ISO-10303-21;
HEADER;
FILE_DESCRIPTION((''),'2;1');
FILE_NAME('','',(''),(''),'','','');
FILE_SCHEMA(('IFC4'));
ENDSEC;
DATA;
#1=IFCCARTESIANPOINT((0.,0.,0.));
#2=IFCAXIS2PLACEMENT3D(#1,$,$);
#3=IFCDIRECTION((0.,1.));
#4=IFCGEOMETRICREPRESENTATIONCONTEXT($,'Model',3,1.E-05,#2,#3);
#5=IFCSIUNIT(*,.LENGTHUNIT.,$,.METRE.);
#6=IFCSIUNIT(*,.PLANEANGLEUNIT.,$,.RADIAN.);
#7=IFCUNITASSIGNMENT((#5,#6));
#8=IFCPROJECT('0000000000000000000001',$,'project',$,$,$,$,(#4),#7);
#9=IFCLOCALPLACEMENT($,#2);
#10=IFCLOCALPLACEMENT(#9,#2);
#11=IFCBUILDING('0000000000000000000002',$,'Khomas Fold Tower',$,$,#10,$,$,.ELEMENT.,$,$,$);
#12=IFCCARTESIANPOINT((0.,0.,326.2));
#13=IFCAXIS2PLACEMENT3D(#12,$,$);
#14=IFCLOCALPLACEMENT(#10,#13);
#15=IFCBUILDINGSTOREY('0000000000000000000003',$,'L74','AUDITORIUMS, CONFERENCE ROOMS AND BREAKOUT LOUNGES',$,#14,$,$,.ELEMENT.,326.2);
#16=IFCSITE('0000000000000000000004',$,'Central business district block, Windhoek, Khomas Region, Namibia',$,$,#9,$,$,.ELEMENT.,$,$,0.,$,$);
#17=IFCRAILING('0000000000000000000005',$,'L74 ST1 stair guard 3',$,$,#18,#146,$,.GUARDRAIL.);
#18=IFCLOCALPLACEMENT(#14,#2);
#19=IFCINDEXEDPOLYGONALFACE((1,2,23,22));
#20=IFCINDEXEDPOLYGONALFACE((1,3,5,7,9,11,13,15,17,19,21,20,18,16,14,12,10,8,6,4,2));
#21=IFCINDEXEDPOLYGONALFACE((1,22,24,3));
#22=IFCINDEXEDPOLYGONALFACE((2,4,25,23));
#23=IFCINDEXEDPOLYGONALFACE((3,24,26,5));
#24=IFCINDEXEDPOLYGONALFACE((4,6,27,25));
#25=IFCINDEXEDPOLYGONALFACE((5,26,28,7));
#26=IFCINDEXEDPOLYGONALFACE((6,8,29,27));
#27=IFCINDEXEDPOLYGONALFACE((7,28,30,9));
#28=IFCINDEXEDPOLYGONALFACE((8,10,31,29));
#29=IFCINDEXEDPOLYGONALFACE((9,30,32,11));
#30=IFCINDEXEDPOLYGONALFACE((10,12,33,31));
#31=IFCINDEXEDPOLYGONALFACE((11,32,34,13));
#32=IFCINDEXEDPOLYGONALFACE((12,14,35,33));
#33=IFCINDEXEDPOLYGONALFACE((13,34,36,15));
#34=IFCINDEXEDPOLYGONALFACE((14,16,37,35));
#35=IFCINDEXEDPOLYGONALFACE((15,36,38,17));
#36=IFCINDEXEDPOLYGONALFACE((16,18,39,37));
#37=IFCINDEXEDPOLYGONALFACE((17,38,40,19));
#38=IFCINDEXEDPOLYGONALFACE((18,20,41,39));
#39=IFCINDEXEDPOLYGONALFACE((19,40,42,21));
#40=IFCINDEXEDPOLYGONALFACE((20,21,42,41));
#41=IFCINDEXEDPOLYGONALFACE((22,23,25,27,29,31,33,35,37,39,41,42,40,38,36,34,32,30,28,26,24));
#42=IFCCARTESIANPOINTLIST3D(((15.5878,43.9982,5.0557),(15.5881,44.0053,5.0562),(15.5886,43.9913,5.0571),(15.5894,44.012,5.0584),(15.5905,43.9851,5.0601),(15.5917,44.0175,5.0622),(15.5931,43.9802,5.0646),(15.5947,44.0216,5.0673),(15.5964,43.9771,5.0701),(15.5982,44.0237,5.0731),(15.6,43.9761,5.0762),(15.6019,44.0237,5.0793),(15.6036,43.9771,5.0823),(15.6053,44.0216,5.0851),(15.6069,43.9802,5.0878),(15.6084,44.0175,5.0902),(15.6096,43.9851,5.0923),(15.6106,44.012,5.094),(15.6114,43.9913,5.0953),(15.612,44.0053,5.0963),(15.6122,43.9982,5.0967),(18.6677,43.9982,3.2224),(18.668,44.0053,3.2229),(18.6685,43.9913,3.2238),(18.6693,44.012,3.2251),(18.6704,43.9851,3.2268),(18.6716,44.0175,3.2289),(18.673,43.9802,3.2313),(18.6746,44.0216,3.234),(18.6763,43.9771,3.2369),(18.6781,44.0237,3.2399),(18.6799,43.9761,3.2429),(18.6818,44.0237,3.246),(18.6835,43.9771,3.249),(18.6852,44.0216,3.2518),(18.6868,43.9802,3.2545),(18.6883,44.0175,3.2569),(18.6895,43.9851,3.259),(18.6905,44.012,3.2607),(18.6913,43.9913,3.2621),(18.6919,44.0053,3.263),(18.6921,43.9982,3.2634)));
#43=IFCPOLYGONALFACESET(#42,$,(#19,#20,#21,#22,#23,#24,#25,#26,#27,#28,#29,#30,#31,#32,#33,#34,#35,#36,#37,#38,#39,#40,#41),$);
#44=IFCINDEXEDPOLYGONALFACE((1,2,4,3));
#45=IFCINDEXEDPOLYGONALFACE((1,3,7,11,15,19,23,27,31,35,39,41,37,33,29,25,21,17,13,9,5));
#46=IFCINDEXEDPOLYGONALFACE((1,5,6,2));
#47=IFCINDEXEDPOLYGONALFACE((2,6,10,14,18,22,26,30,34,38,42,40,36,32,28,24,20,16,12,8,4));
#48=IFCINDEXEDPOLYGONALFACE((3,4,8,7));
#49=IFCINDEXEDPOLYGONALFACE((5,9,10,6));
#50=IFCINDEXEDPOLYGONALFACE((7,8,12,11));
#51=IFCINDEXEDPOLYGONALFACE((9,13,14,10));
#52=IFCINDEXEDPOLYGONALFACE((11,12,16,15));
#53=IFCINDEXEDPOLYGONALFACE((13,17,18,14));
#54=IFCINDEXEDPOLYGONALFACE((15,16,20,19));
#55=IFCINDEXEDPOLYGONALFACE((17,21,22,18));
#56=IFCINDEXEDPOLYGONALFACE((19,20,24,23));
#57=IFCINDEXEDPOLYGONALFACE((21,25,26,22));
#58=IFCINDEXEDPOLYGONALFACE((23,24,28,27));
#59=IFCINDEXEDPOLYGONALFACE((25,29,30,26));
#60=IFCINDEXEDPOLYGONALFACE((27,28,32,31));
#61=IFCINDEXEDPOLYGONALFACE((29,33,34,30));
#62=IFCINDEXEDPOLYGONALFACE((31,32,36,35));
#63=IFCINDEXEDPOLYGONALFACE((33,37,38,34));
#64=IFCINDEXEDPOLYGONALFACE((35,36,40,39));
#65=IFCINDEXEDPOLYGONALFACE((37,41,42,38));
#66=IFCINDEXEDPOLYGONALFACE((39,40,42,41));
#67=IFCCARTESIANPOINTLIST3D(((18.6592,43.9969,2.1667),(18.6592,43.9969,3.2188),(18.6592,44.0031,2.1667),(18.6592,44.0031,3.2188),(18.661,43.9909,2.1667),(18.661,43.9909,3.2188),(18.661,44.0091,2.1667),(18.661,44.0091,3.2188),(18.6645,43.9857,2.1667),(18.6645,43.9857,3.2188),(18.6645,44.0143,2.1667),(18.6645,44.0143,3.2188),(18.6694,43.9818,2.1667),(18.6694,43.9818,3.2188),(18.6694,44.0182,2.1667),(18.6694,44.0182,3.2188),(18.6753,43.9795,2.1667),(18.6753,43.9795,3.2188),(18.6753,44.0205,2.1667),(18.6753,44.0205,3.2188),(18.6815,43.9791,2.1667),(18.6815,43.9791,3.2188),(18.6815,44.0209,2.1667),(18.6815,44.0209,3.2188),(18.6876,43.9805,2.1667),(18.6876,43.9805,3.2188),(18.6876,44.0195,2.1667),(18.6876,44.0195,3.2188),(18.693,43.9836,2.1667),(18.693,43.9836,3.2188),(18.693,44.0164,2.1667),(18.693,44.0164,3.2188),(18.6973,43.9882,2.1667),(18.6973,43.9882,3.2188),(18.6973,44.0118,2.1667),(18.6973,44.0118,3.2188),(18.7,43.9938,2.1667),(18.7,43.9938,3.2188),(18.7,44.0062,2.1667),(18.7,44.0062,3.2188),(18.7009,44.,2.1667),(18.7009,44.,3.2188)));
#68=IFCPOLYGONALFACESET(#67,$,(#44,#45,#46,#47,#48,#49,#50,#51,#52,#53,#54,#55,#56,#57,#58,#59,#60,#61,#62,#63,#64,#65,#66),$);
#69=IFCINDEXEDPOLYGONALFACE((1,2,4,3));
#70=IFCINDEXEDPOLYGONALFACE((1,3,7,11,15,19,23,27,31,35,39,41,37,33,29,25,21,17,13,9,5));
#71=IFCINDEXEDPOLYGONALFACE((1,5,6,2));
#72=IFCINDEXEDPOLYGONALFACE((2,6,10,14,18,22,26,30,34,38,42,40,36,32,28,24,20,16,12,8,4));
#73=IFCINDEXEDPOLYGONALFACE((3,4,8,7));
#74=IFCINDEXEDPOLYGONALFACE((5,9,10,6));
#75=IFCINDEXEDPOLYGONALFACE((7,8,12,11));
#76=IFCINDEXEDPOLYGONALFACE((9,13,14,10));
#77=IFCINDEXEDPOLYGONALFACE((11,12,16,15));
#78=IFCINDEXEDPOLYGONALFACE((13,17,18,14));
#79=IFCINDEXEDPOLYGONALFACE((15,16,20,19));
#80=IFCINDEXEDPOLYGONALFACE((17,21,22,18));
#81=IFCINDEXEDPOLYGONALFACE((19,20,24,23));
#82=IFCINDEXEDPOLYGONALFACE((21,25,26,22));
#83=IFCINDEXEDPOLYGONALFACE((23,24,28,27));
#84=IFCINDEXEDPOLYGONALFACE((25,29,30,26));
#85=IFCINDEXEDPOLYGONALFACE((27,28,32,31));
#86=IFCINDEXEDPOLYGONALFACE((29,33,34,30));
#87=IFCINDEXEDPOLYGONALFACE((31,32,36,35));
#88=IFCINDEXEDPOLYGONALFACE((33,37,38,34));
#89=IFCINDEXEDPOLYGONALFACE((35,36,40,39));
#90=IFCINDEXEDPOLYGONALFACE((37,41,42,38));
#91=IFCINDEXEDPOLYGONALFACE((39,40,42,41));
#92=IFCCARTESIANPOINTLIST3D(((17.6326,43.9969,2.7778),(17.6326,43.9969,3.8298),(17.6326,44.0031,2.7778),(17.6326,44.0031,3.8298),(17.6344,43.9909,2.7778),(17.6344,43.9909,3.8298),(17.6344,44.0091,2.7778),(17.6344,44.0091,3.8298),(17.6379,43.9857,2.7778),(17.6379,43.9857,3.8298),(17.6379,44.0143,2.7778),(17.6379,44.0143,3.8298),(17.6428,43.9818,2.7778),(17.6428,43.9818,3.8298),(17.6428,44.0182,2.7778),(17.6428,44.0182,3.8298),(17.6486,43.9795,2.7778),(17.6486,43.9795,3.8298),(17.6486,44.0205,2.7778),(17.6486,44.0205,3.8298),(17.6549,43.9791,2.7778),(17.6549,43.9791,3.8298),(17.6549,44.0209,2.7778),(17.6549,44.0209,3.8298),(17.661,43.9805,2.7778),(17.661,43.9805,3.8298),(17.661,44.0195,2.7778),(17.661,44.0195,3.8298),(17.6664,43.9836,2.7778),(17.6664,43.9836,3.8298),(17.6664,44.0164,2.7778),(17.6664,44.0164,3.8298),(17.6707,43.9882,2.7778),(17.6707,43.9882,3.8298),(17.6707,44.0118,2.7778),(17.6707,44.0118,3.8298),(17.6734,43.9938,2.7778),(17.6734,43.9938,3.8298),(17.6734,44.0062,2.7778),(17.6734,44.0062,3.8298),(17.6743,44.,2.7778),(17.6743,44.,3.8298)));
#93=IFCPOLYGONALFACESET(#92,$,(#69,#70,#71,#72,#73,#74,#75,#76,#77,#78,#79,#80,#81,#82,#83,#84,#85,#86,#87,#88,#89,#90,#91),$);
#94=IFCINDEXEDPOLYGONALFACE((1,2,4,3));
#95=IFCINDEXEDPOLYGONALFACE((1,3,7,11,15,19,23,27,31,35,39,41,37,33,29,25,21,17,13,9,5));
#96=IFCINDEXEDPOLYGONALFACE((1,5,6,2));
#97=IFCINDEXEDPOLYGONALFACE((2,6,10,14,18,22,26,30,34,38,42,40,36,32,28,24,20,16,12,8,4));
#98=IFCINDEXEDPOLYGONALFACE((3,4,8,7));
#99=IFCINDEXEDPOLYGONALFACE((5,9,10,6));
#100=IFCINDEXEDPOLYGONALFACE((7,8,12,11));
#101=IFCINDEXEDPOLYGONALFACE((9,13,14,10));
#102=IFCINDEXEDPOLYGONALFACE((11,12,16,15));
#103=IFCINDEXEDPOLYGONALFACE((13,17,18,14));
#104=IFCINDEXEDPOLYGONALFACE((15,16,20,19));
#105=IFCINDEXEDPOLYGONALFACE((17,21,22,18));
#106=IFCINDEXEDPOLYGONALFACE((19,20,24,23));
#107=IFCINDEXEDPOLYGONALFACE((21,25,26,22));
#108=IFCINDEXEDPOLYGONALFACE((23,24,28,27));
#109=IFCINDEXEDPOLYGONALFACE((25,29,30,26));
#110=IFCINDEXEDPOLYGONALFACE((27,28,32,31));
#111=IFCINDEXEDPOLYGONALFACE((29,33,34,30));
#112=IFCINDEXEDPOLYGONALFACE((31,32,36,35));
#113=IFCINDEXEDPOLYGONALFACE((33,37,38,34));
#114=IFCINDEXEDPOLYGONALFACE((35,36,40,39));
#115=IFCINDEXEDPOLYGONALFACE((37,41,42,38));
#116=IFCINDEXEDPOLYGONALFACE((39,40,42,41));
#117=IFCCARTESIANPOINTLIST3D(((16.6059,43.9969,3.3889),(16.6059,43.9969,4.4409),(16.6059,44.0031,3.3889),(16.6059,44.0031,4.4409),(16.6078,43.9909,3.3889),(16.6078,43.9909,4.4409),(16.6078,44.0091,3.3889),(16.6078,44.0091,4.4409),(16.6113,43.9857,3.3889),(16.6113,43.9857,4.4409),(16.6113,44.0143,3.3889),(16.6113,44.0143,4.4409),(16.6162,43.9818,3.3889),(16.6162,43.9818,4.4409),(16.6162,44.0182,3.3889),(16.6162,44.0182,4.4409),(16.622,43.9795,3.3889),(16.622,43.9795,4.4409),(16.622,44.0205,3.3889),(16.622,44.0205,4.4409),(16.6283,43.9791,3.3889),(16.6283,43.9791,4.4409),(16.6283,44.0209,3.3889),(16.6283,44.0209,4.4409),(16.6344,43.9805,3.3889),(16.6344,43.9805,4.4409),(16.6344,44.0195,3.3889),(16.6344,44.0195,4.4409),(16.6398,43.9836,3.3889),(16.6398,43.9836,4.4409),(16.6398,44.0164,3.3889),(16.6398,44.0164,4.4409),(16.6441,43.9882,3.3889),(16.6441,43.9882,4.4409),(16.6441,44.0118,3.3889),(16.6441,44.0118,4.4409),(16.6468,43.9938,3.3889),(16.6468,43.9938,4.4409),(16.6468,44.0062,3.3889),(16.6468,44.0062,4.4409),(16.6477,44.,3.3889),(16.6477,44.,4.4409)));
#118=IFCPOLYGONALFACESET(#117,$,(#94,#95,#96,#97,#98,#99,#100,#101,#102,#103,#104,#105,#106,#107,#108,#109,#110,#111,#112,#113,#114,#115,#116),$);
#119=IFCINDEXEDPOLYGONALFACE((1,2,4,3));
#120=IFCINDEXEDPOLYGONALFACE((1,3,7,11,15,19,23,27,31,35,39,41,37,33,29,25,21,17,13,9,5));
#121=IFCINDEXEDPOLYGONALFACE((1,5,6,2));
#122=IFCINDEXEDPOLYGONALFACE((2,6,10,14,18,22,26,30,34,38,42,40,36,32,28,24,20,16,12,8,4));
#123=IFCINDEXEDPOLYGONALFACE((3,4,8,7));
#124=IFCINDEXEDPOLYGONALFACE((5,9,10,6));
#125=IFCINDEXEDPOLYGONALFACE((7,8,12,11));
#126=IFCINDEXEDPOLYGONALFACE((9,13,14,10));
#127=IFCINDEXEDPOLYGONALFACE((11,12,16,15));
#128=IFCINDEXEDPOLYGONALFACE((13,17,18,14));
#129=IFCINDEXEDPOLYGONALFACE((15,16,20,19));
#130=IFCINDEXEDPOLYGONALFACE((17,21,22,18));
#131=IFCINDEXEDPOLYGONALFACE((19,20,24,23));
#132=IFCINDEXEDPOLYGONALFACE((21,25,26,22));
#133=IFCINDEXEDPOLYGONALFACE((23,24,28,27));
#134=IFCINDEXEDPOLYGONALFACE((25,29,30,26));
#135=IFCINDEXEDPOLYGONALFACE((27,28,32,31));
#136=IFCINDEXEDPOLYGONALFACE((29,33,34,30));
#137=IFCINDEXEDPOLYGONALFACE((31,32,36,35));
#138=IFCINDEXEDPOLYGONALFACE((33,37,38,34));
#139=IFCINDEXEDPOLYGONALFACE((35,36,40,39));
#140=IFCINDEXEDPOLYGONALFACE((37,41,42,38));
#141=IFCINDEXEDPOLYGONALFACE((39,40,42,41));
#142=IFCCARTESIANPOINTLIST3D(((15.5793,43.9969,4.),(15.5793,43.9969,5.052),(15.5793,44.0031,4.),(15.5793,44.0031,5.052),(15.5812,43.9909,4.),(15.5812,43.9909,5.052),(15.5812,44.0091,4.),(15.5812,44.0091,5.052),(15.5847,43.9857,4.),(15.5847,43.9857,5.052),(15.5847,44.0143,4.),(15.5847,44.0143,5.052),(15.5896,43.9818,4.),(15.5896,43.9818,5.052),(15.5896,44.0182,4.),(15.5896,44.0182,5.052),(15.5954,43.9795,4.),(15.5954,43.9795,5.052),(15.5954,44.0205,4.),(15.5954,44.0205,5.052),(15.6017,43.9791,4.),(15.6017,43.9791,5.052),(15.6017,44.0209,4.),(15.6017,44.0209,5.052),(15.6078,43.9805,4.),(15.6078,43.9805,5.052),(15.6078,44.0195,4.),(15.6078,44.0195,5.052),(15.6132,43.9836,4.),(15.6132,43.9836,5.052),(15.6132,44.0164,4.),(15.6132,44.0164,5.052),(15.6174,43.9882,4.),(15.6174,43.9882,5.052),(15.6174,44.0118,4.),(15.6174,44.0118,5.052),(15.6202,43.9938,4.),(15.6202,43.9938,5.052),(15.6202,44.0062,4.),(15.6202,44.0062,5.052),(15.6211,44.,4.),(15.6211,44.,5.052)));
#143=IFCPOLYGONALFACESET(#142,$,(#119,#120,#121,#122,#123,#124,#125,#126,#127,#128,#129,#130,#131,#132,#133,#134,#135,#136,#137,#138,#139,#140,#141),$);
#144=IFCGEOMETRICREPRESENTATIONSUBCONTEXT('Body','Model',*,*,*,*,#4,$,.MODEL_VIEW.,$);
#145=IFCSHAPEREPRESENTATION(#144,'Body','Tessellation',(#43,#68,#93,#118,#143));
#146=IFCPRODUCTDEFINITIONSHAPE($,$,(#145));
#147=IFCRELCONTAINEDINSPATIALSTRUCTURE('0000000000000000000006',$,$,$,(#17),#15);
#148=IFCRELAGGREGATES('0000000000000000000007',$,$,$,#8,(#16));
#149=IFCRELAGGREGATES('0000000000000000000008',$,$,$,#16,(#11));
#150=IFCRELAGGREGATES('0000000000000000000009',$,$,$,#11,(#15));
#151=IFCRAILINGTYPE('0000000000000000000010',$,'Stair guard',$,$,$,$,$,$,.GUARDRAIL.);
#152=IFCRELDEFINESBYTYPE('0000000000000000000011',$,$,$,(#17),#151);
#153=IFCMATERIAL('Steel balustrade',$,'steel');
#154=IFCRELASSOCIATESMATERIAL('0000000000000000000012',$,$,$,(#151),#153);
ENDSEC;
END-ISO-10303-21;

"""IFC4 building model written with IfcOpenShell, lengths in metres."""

from ifc_helpers import new_model, si_unit, direction, frame, origin, origin_2d, place, context, subcontext, project, spatial, circle, extrude, source, transform, mapped, material, type_object, element, save


model = new_model("IFC4")

# Units and contexts
model_context = context("Model", 3, precision=1e-05, world=origin(), true_north=direction((0.0, 1.0)))
body_context = subcontext(model_context, "Body", "Model", "MODEL_VIEW")
ifc_project = project(units=[si_unit("LENGTHUNIT", "METRE"), si_unit("PLANEANGLEUNIT", "RADIAN")], contexts=[model_context])

# Site, building, storey
site_placement = place(None, origin())
site = spatial("IfcSite", under=ifc_project, at=site_placement, Name="Central business district block, Windhoek, Khomas Region, Namibia", CompositionType="ELEMENT", RefElevation=0.0)
building_placement = place(site_placement, origin())
building = spatial("IfcBuilding", under=site, at=building_placement, Name="Khomas Fold Tower", CompositionType="ELEMENT")
storey_placement = place(building_placement, frame((0.0, 0.0, 326.2)))
storey = spatial("IfcBuildingStorey", under=building, at=storey_placement, Name="L74", Description="AUDITORIUMS, CONFERENCE ROOMS AND BREAKOUT LOUNGES", CompositionType="ELEMENT", Elevation=326.2)

# Railing
ifc_material_1 = material(Name="Steel balustrade", Category="steel")
railing_type_1 = type_object("IfcRailingType", Name="Stair guard", PredefinedType="GUARDRAIL", material=ifc_material_1)
shared_shape_1 = source(origin(), body_context, "Body", "SweptSolid", [
    extrude(circle(Radius=0.0239, at=origin_2d()), frame((0.0, 0.0, 1.0762), z_axis=(-0.859291, 0.0, 0.511487), x_axis=(0.0, -1.0, 0.0)), (0.0, 0.0, 1.0), 3.5842),
    extrude(circle(Radius=0.021, at=origin_2d()), origin(), (0.0, 0.0, 1.0), 1.052),
    extrude(circle(Radius=0.021, at=origin_2d()), frame((-1.0266, 0.0, 0.6111)), (0.0, 0.0, 1.0), 1.052),
    extrude(circle(Radius=0.021, at=origin_2d()), frame((-2.0532, 0.0, 1.2222)), (0.0, 0.0, 1.0), 1.052),
    extrude(circle(Radius=0.021, at=origin_2d()), frame((-3.0798, 0.0, 1.8333)), (0.0, 0.0, 1.0), 1.052),
])
railing_1_placement = place(storey_placement, frame((18.6799, 44.0, 2.1667)))
element("IfcRailing", 1, at=railing_1_placement, inside=storey, type_object=railing_type_1, Name="L74 ST1 stair guard 3", PredefinedType="GUARDRAIL", context=body_context, shape_type="MappedRepresentation", body=[
    mapped(shared_shape_1, transform((0.0, 0.0, 0.0))),
])

save(model, "model.ifc")
